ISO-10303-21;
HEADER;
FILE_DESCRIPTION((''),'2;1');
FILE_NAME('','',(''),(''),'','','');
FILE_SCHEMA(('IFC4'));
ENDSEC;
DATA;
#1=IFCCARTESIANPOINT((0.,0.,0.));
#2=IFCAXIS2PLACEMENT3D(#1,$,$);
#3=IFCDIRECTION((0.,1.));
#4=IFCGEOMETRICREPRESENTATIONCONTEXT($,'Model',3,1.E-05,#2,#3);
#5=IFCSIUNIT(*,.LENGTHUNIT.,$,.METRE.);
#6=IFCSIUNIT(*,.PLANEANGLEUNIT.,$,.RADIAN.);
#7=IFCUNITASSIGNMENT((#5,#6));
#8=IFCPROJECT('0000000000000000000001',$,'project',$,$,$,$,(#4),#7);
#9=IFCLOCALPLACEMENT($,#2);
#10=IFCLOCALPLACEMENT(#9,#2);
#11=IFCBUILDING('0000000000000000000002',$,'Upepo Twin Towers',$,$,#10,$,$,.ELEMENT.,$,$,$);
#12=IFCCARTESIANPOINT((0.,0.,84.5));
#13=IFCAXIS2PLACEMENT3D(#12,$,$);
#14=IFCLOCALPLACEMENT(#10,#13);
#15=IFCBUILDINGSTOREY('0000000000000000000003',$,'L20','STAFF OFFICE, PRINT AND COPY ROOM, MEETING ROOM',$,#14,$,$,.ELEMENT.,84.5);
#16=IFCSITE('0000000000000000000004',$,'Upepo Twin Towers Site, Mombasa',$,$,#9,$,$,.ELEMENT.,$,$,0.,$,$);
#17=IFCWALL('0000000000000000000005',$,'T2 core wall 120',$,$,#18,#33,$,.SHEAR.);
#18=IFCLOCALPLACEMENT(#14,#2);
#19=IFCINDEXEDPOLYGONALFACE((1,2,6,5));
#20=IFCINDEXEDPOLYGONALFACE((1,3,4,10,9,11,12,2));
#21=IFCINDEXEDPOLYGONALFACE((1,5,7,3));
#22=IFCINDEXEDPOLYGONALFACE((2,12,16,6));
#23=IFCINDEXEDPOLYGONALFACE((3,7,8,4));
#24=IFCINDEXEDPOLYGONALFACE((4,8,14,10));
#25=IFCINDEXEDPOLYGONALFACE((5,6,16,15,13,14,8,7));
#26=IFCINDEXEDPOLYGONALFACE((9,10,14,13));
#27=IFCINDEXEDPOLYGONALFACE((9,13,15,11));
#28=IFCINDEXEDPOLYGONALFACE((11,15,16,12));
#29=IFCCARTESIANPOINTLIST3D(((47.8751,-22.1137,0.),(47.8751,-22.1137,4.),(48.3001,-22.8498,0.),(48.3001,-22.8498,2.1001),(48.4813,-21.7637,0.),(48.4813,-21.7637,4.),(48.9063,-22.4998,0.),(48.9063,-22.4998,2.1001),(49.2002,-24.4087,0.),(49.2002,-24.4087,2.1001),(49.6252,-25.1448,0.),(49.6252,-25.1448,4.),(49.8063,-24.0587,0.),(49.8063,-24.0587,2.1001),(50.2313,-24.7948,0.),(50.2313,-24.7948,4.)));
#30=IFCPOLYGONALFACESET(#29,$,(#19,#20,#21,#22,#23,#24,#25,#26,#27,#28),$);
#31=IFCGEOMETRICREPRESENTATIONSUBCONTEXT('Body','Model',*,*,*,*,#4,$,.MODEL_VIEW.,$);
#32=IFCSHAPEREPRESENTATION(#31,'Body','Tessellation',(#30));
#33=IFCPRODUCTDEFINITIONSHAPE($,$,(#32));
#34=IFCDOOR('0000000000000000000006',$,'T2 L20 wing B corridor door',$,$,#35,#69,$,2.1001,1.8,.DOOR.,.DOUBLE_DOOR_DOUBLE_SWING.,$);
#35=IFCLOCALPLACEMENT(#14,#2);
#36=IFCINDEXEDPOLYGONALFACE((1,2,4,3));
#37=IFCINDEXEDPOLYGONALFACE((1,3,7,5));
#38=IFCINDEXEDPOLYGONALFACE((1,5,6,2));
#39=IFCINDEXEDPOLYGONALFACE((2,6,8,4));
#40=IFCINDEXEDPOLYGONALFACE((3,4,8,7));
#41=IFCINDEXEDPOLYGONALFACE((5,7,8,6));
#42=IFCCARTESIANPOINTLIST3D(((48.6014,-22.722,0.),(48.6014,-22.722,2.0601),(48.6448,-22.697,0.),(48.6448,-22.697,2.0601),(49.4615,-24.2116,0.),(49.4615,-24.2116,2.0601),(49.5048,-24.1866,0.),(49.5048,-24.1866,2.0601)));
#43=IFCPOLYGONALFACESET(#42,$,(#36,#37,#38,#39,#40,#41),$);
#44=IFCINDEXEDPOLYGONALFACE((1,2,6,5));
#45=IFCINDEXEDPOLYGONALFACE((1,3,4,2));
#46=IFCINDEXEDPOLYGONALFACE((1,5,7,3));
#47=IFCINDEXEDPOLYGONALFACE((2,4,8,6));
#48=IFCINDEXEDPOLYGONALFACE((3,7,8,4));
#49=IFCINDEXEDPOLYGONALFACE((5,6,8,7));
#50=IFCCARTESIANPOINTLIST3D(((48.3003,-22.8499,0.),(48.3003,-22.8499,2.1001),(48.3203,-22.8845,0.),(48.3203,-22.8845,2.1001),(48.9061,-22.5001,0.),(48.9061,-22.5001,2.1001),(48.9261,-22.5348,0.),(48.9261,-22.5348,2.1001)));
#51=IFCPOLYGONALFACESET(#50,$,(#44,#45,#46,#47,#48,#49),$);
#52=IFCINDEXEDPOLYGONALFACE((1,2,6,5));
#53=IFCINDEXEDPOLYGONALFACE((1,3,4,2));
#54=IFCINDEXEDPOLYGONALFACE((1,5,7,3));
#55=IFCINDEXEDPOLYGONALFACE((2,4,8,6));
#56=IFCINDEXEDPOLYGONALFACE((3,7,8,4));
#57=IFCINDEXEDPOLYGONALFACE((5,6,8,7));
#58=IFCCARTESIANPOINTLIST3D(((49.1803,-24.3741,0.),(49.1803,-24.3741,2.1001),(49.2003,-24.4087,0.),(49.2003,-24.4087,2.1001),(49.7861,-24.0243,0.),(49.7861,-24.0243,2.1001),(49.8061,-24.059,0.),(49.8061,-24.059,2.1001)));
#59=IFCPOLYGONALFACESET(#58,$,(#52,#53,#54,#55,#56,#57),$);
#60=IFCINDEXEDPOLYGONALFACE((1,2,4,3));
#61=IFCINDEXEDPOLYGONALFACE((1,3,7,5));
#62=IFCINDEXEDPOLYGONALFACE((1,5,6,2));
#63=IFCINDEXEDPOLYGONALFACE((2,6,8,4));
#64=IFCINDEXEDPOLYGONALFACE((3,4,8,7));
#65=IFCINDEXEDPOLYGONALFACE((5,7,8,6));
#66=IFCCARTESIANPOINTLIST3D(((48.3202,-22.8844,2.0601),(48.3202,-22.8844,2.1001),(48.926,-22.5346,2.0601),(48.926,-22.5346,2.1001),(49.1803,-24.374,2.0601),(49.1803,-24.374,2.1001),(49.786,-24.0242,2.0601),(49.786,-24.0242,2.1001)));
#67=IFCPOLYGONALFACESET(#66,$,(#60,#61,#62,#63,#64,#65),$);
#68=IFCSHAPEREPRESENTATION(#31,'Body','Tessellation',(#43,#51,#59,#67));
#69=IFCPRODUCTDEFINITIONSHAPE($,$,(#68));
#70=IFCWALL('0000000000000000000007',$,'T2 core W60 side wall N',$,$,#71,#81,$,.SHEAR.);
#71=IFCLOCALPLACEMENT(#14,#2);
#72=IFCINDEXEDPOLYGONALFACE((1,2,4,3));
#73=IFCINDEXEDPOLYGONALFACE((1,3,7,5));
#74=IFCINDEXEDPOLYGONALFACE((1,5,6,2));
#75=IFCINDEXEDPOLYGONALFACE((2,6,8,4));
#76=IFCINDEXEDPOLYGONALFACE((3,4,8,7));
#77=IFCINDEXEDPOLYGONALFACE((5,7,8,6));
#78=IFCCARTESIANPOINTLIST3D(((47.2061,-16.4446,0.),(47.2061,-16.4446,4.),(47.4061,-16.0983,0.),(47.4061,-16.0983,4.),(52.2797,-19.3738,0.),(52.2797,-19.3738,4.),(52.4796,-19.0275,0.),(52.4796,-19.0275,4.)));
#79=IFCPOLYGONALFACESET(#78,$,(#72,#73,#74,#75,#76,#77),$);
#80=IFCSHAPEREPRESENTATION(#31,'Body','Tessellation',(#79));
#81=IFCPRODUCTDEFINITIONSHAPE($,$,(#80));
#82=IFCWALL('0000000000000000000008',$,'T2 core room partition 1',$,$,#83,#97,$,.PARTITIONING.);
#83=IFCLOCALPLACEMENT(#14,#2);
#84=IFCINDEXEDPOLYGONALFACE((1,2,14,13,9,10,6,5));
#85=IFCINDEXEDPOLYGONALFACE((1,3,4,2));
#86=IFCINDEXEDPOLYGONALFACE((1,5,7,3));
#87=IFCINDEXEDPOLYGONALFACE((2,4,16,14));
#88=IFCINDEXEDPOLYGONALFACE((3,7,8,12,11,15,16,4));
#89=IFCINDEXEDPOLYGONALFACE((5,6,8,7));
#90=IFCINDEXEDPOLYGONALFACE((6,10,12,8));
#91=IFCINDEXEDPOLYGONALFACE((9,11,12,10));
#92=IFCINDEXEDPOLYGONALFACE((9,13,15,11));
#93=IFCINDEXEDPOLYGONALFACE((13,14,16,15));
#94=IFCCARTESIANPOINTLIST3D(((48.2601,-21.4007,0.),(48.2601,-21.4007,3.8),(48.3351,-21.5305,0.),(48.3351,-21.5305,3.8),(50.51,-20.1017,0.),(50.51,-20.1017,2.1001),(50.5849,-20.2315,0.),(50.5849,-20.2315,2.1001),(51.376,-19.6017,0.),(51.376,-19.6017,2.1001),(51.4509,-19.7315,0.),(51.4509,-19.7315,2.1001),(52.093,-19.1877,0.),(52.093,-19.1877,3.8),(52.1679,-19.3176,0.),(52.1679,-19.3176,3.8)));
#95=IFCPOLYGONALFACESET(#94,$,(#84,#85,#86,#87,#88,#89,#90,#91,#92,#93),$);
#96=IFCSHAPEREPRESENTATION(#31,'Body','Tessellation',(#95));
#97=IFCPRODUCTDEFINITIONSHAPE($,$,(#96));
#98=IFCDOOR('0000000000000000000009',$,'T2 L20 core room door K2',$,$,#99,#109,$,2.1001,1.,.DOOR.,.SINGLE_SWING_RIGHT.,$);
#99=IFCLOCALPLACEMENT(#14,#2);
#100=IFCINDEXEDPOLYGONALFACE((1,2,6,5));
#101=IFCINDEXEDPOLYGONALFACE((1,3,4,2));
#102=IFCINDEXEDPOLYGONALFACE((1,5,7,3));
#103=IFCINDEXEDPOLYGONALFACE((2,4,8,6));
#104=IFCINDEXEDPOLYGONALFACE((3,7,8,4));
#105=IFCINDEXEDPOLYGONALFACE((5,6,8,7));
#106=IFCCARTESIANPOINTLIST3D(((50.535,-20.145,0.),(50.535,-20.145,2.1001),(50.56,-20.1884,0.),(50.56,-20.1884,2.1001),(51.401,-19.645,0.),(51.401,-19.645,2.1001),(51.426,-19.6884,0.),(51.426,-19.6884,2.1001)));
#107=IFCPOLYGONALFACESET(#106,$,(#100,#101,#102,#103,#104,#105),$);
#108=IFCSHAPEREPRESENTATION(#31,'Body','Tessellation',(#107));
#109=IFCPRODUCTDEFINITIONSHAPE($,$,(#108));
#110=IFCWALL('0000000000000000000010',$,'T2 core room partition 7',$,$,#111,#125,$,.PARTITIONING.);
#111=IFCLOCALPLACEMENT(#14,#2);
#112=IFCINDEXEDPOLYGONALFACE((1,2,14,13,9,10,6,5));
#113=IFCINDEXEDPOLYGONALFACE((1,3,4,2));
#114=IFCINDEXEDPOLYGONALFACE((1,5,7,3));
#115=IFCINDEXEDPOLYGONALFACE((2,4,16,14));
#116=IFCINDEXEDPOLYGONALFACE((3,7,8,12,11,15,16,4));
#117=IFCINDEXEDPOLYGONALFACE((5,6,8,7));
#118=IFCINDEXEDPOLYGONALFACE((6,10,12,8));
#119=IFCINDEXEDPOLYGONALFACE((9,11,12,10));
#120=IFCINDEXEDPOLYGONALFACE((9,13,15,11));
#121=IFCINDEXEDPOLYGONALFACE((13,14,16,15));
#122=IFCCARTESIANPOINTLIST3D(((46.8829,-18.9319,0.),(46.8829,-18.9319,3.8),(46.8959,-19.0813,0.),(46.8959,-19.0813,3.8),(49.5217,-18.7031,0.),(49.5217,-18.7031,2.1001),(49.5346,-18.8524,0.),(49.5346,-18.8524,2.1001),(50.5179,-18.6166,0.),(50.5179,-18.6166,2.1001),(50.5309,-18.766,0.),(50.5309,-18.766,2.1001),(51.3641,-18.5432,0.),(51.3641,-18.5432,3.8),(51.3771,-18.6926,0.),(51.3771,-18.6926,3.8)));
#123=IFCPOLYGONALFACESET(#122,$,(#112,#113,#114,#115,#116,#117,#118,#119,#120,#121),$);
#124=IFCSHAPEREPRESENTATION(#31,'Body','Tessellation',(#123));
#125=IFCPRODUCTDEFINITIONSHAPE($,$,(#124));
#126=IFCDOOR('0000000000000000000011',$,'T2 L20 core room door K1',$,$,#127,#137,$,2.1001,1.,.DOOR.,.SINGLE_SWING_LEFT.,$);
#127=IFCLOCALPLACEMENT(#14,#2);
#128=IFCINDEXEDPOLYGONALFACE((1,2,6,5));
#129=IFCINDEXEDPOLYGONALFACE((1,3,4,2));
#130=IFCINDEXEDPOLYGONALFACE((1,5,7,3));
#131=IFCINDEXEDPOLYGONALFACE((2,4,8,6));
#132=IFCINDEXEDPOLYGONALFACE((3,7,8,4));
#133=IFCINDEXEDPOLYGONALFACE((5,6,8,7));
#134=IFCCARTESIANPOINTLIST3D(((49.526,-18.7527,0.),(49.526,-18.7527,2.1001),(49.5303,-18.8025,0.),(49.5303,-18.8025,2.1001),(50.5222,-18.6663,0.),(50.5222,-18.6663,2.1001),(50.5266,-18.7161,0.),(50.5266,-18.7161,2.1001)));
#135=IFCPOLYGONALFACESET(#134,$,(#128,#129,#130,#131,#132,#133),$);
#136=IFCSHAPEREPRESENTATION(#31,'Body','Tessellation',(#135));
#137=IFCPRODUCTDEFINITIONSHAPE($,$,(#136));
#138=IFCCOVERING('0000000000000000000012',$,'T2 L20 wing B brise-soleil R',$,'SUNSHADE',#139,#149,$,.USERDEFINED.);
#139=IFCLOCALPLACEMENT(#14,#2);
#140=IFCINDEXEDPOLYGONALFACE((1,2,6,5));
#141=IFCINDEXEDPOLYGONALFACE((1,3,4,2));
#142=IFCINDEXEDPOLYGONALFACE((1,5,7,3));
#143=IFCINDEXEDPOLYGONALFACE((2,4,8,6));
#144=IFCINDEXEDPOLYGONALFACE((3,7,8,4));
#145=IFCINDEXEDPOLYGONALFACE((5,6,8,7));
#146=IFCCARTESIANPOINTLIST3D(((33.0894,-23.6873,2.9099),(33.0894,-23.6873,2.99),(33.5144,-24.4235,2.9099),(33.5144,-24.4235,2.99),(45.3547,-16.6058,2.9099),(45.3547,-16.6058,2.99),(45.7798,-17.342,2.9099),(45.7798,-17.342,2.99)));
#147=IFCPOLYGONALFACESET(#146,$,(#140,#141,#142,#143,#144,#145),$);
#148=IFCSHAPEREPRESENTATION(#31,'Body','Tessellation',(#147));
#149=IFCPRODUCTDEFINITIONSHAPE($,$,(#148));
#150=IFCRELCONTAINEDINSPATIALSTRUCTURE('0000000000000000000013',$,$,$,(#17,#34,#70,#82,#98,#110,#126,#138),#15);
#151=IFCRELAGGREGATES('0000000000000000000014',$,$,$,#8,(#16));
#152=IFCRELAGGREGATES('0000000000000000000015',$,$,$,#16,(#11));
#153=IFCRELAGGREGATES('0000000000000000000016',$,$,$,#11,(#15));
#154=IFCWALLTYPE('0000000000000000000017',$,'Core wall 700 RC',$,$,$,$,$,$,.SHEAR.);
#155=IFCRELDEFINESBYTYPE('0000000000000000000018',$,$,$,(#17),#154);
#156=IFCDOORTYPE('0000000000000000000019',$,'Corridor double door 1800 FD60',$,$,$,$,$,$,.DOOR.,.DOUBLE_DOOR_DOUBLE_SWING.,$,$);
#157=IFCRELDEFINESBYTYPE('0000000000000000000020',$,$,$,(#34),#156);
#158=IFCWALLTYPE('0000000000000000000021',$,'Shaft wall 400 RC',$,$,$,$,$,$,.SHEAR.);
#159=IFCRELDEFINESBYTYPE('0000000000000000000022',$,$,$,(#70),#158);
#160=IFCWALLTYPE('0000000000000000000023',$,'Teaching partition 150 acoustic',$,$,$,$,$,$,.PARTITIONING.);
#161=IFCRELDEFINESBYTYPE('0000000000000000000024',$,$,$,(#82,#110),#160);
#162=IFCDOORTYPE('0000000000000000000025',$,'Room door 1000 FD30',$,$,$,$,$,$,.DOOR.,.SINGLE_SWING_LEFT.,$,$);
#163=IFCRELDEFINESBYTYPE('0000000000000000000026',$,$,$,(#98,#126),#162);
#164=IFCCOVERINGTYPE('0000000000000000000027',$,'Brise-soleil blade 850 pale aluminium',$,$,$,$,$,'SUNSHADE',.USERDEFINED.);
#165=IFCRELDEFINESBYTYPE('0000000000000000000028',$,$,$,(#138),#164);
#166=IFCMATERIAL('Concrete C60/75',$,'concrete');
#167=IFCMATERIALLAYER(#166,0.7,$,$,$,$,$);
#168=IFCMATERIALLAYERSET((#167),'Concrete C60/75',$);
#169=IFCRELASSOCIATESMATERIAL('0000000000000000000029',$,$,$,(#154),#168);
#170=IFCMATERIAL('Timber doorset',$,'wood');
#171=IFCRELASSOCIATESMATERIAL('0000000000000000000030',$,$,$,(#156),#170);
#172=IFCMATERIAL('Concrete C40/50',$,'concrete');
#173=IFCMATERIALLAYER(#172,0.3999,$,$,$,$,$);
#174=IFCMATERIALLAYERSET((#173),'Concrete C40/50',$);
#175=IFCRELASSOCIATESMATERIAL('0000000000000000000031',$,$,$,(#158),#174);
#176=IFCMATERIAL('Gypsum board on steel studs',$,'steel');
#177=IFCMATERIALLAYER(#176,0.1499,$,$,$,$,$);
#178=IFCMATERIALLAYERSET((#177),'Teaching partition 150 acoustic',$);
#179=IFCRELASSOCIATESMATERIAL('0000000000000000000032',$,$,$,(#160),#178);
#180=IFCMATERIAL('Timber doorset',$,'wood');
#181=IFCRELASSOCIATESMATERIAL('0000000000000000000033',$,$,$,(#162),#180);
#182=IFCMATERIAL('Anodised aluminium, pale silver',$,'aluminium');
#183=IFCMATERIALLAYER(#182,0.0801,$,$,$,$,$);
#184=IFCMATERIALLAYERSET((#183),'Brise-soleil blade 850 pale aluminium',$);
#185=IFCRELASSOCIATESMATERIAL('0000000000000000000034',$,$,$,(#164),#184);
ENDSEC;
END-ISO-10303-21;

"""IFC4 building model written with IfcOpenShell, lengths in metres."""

from ifc_helpers import new_model, si_unit, direction, frame, frame_2d, origin, origin_2d, place, context, subcontext, project, spatial, rectangle, extrude, material, layer, layer_set, type_object, element, fill, save


model = new_model("IFC4")

# Units and contexts
model_context = context("Model", 3, precision=1e-05, world=origin(), true_north=direction((0.0, 1.0)))
body_context = subcontext(model_context, "Body", "Model", "MODEL_VIEW")
ifc_project = project(units=[si_unit("LENGTHUNIT", "METRE"), si_unit("PLANEANGLEUNIT", "RADIAN")], contexts=[model_context])

# Site, building, storey
site_placement = place(None, origin())
site = spatial("IfcSite", under=ifc_project, at=site_placement, Name="Upepo Twin Towers Site, Mombasa", CompositionType="ELEMENT", RefElevation=0.0)
building_placement = place(site_placement, origin())
building = spatial("IfcBuilding", under=site, at=building_placement, Name="Upepo Twin Towers", CompositionType="ELEMENT")
storey_placement = place(building_placement, frame((0.0, 0.0, 84.5)))
storey = spatial("IfcBuildingStorey", under=building, at=storey_placement, Name="L20", Description="STAFF OFFICE, PRINT AND COPY ROOM, MEETING ROOM", CompositionType="ELEMENT", Elevation=84.5)

# Shared definitions
ifc_material_1 = material(Name="Concrete C60/75", Category="concrete")
ifc_layer_1 = layer(ifc_material_1, 0.7)
ifc_layer_set_1 = layer_set([ifc_layer_1], Name="Concrete C60/75")
wall_type_1 = type_object("IfcWallType", Name="Core wall 700 RC", PredefinedType="SHEAR", material=ifc_layer_set_1)

# Wall, opening, door
wall_1_placement = place(storey_placement, frame((48.1782, -21.9387, 0.0), z_axis=(0.0, 0.0, 1.0), x_axis=(0.50001, -0.866019, 0.0)))
wall_1 = element("IfcWall", 1, at=wall_1_placement, inside=storey, type_object=wall_type_1, Name="T2 core wall 120", PredefinedType="SHEAR", context=body_context, shape_type="SweptSolid", body=[
    extrude(rectangle(XDim=3.5, YDim=0.7, at=frame_2d((1.75, 0.0))), origin(), (0.0, 0.0, 1.0), 4.0),
])
opening_1_placement = place(wall_1_placement, frame((0.8501, 0.0, 0.0)))
opening_1 = element("IfcOpeningElement", 2, at=opening_1_placement, cuts=wall_1, PredefinedType="OPENING", context=body_context, shape_type="SweptSolid", body=[
    extrude(rectangle(XDim=1.8, YDim=2.1001, at=frame_2d((0.8999, 1.05))), frame((0.0, 0.3599, 0.0), z_axis=(0.0, -1.0, 0.0), x_axis=(1.0, 0.0, 0.0)), (0.0, 0.0, 1.0), 0.72),
])
ifc_material_2 = material(Name="Timber doorset", Category="wood")
door_type_1 = type_object("IfcDoorType", Name="Corridor double door 1800 FD60", OperationType="DOUBLE_DOOR_DOUBLE_SWING", PredefinedType="DOOR", material=ifc_material_2)
door_1_placement = place(opening_1_placement, origin())
door_1 = element("IfcDoor", 3, at=door_1_placement, inside=storey, type_object=door_type_1, Name="T2 L20 wing B corridor door", OperationType="DOUBLE_DOOR_DOUBLE_SWING", OverallHeight=2.1001, OverallWidth=1.8, PredefinedType="DOOR", context=body_context, shape_type="SweptSolid", body=[
    extrude(rectangle(XDim=1.72, YDim=2.0601, at=frame_2d((0.8999, 1.03))), frame((0.0, 0.0249, 0.0), z_axis=(0.0, -1.0, 0.0), x_axis=(1.0, 0.0, 0.0)), (0.0, 0.0, 1.0), 0.05),
    extrude(rectangle(XDim=0.04, YDim=2.1001, at=frame_2d((0.02, 1.05))), frame((0.0, 0.3496, 0.0), z_axis=(0.0, -1.0, 0.0), x_axis=(1.0, 0.0, 0.0)), (0.0, 0.0, 1.0), 0.6995),
    extrude(rectangle(XDim=0.04, YDim=2.1001, at=frame_2d((1.78, 1.05))), frame((0.0, 0.3496, 0.0), z_axis=(0.0, -1.0, 0.0), x_axis=(1.0, 0.0, 0.0)), (0.0, 0.0, 1.0), 0.6995),
    extrude(rectangle(XDim=1.72, YDim=0.04, at=frame_2d((0.8999, 2.0801))), frame((0.0, 0.3496, 0.0), z_axis=(0.0, -1.0, 0.0), x_axis=(1.0, 0.0, 0.0)), (0.0, 0.0, 1.0), 0.6995),
])
fill(opening_1, door_1)

# Wall
ifc_material_3 = material(Name="Concrete C40/50", Category="concrete")
ifc_layer_2 = layer(ifc_material_3, 0.3999)
ifc_layer_set_2 = layer_set([ifc_layer_2], Name="Concrete C40/50")
wall_type_2 = type_object("IfcWallType", Name="Shaft wall 400 RC", PredefinedType="SHEAR", material=ifc_layer_set_2)
wall_2_placement = place(storey_placement, frame((52.3796, -19.2007, 0.0), z_axis=(0.0, 0.0, 1.0), x_axis=(-0.866024, 0.500003, 0.0)))
element("IfcWall", 4, at=wall_2_placement, inside=storey, type_object=wall_type_2, Name="T2 core W60 side wall N", PredefinedType="SHEAR", context=body_context, shape_type="SweptSolid", body=[
    extrude(rectangle(XDim=5.8584, YDim=0.3999, at=frame_2d((2.9292, 0.0))), origin(), (0.0, 0.0, 1.0), 4.0),
])

# Walls, openings, doors
ifc_material_4 = material(Name="Gypsum board on steel studs", Category="steel")
ifc_layer_3 = layer(ifc_material_4, 0.1499)
ifc_layer_set_3 = layer_set([ifc_layer_3], Name="Teaching partition 150 acoustic")
wall_type_3 = type_object("IfcWallType", Name="Teaching partition 150 acoustic", PredefinedType="PARTITIONING", material=ifc_layer_set_3)
wall_3_placement = place(storey_placement, frame((48.2976, -21.4656, 0.0), z_axis=(0.0, 0.0, 1.0), x_axis=(0.866021, 0.500007, 0.0)))
wall_3 = element("IfcWall", 5, at=wall_3_placement, inside=storey, type_object=wall_type_3, Name="T2 core room partition 1", PredefinedType="PARTITIONING", context=body_context, shape_type="SweptSolid", body=[
    extrude(rectangle(XDim=4.4258, YDim=0.1499, at=frame_2d((2.2129, 0.0))), origin(), (0.0, 0.0, 1.0), 3.8),
])
opening_2_placement = place(wall_3_placement, frame((2.5979, 0.0, 0.0)))
opening_2 = element("IfcOpeningElement", 6, at=opening_2_placement, cuts=wall_3, PredefinedType="OPENING", context=body_context, shape_type="SweptSolid", body=[
    extrude(rectangle(XDim=1.0, YDim=2.1001, at=frame_2d((0.5, 1.05))), frame((0.0, 0.085, 0.0), z_axis=(0.0, -1.0, 0.0), x_axis=(1.0, 0.0, 0.0)), (0.0, 0.0, 1.0), 0.1699),
])
ifc_material_5 = material(Name="Timber doorset", Category="wood")
door_type_2 = type_object("IfcDoorType", Name="Room door 1000 FD30", OperationType="SINGLE_SWING_LEFT", PredefinedType="DOOR", material=ifc_material_5)
door_2_placement = place(opening_2_placement, origin())
door_2 = element("IfcDoor", 7, at=door_2_placement, inside=storey, type_object=door_type_2, Name="T2 L20 core room door K2", OperationType="SINGLE_SWING_RIGHT", OverallHeight=2.1001, OverallWidth=1.0, PredefinedType="DOOR", context=body_context, shape_type="SweptSolid", body=[
    extrude(rectangle(XDim=1.0, YDim=2.1001, at=frame_2d((0.5, 1.05))), frame((0.0, 0.0249, 0.0), z_axis=(0.0, -1.0, 0.0), x_axis=(1.0, 0.0, 0.0)), (0.0, 0.0, 1.0), 0.05),
])
fill(opening_2, door_2)
wall_4_placement = place(storey_placement, frame((51.3706, -18.6179, 0.0), z_axis=(0.0, 0.0, 1.0), x_axis=(-0.99626, -0.086409, 0.0)))
wall_4 = element("IfcWall", 8, at=wall_4_placement, inside=storey, type_object=wall_type_3, Name="T2 core room partition 7", PredefinedType="PARTITIONING", context=body_context, shape_type="SweptSolid", body=[
    extrude(rectangle(XDim=4.498, YDim=0.1499, at=frame_2d((2.249, 0.0))), origin(), (0.0, 0.0, 1.0), 3.8),
])
opening_3_placement = place(wall_4_placement, frame((0.8494, 0.0, 0.0)))
opening_3 = element("IfcOpeningElement", 9, at=opening_3_placement, cuts=wall_4, PredefinedType="OPENING", context=body_context, shape_type="SweptSolid", body=[
    extrude(rectangle(XDim=1.0, YDim=2.1001, at=frame_2d((0.5, 1.05))), frame((0.0, 0.085, 0.0), z_axis=(0.0, -1.0, 0.0), x_axis=(1.0, 0.0, 0.0)), (0.0, 0.0, 1.0), 0.1699),
])
door_3_placement = place(opening_3_placement, origin())
door_3 = element("IfcDoor", 10, at=door_3_placement, inside=storey, type_object=door_type_2, Name="T2 L20 core room door K1", OperationType="SINGLE_SWING_LEFT", OverallHeight=2.1001, OverallWidth=1.0, PredefinedType="DOOR", context=body_context, shape_type="SweptSolid", body=[
    extrude(rectangle(XDim=1.0, YDim=2.1001, at=frame_2d((0.5, 1.05))), frame((0.0, 0.0249, 0.0), z_axis=(0.0, -1.0, 0.0), x_axis=(1.0, 0.0, 0.0)), (0.0, 0.0, 1.0), 0.05),
])
fill(opening_3, door_3)

# Covering
ifc_material_6 = material(Name="Anodised aluminium, pale silver", Category="aluminium")
ifc_layer_4 = layer(ifc_material_6, 0.0801)
ifc_layer_set_4 = layer_set([ifc_layer_4], Name="Brise-soleil blade 850 pale aluminium")
covering_type = type_object("IfcCoveringType", Name="Brise-soleil blade 850 pale aluminium", ElementType="SUNSHADE", PredefinedType="USERDEFINED", material=ifc_layer_set_4)
covering_placement = place(storey_placement, frame((39.4346, -20.5146, 2.9099), z_axis=(0.0, 0.0, 1.0), x_axis=(-0.866025, -0.5, 0.0)))
element("IfcCovering", 11, at=covering_placement, inside=storey, type_object=covering_type, Name="T2 L20 wing B brise-soleil R", ObjectType="SUNSHADE", PredefinedType="USERDEFINED", context=body_context, shape_type="SweptSolid", body=[
    extrude(rectangle(XDim=14.1628, YDim=0.8501, at=origin_2d()), origin(), (0.0, 0.0, 1.0), 0.0801),
])

save(model, "model.ifc")
